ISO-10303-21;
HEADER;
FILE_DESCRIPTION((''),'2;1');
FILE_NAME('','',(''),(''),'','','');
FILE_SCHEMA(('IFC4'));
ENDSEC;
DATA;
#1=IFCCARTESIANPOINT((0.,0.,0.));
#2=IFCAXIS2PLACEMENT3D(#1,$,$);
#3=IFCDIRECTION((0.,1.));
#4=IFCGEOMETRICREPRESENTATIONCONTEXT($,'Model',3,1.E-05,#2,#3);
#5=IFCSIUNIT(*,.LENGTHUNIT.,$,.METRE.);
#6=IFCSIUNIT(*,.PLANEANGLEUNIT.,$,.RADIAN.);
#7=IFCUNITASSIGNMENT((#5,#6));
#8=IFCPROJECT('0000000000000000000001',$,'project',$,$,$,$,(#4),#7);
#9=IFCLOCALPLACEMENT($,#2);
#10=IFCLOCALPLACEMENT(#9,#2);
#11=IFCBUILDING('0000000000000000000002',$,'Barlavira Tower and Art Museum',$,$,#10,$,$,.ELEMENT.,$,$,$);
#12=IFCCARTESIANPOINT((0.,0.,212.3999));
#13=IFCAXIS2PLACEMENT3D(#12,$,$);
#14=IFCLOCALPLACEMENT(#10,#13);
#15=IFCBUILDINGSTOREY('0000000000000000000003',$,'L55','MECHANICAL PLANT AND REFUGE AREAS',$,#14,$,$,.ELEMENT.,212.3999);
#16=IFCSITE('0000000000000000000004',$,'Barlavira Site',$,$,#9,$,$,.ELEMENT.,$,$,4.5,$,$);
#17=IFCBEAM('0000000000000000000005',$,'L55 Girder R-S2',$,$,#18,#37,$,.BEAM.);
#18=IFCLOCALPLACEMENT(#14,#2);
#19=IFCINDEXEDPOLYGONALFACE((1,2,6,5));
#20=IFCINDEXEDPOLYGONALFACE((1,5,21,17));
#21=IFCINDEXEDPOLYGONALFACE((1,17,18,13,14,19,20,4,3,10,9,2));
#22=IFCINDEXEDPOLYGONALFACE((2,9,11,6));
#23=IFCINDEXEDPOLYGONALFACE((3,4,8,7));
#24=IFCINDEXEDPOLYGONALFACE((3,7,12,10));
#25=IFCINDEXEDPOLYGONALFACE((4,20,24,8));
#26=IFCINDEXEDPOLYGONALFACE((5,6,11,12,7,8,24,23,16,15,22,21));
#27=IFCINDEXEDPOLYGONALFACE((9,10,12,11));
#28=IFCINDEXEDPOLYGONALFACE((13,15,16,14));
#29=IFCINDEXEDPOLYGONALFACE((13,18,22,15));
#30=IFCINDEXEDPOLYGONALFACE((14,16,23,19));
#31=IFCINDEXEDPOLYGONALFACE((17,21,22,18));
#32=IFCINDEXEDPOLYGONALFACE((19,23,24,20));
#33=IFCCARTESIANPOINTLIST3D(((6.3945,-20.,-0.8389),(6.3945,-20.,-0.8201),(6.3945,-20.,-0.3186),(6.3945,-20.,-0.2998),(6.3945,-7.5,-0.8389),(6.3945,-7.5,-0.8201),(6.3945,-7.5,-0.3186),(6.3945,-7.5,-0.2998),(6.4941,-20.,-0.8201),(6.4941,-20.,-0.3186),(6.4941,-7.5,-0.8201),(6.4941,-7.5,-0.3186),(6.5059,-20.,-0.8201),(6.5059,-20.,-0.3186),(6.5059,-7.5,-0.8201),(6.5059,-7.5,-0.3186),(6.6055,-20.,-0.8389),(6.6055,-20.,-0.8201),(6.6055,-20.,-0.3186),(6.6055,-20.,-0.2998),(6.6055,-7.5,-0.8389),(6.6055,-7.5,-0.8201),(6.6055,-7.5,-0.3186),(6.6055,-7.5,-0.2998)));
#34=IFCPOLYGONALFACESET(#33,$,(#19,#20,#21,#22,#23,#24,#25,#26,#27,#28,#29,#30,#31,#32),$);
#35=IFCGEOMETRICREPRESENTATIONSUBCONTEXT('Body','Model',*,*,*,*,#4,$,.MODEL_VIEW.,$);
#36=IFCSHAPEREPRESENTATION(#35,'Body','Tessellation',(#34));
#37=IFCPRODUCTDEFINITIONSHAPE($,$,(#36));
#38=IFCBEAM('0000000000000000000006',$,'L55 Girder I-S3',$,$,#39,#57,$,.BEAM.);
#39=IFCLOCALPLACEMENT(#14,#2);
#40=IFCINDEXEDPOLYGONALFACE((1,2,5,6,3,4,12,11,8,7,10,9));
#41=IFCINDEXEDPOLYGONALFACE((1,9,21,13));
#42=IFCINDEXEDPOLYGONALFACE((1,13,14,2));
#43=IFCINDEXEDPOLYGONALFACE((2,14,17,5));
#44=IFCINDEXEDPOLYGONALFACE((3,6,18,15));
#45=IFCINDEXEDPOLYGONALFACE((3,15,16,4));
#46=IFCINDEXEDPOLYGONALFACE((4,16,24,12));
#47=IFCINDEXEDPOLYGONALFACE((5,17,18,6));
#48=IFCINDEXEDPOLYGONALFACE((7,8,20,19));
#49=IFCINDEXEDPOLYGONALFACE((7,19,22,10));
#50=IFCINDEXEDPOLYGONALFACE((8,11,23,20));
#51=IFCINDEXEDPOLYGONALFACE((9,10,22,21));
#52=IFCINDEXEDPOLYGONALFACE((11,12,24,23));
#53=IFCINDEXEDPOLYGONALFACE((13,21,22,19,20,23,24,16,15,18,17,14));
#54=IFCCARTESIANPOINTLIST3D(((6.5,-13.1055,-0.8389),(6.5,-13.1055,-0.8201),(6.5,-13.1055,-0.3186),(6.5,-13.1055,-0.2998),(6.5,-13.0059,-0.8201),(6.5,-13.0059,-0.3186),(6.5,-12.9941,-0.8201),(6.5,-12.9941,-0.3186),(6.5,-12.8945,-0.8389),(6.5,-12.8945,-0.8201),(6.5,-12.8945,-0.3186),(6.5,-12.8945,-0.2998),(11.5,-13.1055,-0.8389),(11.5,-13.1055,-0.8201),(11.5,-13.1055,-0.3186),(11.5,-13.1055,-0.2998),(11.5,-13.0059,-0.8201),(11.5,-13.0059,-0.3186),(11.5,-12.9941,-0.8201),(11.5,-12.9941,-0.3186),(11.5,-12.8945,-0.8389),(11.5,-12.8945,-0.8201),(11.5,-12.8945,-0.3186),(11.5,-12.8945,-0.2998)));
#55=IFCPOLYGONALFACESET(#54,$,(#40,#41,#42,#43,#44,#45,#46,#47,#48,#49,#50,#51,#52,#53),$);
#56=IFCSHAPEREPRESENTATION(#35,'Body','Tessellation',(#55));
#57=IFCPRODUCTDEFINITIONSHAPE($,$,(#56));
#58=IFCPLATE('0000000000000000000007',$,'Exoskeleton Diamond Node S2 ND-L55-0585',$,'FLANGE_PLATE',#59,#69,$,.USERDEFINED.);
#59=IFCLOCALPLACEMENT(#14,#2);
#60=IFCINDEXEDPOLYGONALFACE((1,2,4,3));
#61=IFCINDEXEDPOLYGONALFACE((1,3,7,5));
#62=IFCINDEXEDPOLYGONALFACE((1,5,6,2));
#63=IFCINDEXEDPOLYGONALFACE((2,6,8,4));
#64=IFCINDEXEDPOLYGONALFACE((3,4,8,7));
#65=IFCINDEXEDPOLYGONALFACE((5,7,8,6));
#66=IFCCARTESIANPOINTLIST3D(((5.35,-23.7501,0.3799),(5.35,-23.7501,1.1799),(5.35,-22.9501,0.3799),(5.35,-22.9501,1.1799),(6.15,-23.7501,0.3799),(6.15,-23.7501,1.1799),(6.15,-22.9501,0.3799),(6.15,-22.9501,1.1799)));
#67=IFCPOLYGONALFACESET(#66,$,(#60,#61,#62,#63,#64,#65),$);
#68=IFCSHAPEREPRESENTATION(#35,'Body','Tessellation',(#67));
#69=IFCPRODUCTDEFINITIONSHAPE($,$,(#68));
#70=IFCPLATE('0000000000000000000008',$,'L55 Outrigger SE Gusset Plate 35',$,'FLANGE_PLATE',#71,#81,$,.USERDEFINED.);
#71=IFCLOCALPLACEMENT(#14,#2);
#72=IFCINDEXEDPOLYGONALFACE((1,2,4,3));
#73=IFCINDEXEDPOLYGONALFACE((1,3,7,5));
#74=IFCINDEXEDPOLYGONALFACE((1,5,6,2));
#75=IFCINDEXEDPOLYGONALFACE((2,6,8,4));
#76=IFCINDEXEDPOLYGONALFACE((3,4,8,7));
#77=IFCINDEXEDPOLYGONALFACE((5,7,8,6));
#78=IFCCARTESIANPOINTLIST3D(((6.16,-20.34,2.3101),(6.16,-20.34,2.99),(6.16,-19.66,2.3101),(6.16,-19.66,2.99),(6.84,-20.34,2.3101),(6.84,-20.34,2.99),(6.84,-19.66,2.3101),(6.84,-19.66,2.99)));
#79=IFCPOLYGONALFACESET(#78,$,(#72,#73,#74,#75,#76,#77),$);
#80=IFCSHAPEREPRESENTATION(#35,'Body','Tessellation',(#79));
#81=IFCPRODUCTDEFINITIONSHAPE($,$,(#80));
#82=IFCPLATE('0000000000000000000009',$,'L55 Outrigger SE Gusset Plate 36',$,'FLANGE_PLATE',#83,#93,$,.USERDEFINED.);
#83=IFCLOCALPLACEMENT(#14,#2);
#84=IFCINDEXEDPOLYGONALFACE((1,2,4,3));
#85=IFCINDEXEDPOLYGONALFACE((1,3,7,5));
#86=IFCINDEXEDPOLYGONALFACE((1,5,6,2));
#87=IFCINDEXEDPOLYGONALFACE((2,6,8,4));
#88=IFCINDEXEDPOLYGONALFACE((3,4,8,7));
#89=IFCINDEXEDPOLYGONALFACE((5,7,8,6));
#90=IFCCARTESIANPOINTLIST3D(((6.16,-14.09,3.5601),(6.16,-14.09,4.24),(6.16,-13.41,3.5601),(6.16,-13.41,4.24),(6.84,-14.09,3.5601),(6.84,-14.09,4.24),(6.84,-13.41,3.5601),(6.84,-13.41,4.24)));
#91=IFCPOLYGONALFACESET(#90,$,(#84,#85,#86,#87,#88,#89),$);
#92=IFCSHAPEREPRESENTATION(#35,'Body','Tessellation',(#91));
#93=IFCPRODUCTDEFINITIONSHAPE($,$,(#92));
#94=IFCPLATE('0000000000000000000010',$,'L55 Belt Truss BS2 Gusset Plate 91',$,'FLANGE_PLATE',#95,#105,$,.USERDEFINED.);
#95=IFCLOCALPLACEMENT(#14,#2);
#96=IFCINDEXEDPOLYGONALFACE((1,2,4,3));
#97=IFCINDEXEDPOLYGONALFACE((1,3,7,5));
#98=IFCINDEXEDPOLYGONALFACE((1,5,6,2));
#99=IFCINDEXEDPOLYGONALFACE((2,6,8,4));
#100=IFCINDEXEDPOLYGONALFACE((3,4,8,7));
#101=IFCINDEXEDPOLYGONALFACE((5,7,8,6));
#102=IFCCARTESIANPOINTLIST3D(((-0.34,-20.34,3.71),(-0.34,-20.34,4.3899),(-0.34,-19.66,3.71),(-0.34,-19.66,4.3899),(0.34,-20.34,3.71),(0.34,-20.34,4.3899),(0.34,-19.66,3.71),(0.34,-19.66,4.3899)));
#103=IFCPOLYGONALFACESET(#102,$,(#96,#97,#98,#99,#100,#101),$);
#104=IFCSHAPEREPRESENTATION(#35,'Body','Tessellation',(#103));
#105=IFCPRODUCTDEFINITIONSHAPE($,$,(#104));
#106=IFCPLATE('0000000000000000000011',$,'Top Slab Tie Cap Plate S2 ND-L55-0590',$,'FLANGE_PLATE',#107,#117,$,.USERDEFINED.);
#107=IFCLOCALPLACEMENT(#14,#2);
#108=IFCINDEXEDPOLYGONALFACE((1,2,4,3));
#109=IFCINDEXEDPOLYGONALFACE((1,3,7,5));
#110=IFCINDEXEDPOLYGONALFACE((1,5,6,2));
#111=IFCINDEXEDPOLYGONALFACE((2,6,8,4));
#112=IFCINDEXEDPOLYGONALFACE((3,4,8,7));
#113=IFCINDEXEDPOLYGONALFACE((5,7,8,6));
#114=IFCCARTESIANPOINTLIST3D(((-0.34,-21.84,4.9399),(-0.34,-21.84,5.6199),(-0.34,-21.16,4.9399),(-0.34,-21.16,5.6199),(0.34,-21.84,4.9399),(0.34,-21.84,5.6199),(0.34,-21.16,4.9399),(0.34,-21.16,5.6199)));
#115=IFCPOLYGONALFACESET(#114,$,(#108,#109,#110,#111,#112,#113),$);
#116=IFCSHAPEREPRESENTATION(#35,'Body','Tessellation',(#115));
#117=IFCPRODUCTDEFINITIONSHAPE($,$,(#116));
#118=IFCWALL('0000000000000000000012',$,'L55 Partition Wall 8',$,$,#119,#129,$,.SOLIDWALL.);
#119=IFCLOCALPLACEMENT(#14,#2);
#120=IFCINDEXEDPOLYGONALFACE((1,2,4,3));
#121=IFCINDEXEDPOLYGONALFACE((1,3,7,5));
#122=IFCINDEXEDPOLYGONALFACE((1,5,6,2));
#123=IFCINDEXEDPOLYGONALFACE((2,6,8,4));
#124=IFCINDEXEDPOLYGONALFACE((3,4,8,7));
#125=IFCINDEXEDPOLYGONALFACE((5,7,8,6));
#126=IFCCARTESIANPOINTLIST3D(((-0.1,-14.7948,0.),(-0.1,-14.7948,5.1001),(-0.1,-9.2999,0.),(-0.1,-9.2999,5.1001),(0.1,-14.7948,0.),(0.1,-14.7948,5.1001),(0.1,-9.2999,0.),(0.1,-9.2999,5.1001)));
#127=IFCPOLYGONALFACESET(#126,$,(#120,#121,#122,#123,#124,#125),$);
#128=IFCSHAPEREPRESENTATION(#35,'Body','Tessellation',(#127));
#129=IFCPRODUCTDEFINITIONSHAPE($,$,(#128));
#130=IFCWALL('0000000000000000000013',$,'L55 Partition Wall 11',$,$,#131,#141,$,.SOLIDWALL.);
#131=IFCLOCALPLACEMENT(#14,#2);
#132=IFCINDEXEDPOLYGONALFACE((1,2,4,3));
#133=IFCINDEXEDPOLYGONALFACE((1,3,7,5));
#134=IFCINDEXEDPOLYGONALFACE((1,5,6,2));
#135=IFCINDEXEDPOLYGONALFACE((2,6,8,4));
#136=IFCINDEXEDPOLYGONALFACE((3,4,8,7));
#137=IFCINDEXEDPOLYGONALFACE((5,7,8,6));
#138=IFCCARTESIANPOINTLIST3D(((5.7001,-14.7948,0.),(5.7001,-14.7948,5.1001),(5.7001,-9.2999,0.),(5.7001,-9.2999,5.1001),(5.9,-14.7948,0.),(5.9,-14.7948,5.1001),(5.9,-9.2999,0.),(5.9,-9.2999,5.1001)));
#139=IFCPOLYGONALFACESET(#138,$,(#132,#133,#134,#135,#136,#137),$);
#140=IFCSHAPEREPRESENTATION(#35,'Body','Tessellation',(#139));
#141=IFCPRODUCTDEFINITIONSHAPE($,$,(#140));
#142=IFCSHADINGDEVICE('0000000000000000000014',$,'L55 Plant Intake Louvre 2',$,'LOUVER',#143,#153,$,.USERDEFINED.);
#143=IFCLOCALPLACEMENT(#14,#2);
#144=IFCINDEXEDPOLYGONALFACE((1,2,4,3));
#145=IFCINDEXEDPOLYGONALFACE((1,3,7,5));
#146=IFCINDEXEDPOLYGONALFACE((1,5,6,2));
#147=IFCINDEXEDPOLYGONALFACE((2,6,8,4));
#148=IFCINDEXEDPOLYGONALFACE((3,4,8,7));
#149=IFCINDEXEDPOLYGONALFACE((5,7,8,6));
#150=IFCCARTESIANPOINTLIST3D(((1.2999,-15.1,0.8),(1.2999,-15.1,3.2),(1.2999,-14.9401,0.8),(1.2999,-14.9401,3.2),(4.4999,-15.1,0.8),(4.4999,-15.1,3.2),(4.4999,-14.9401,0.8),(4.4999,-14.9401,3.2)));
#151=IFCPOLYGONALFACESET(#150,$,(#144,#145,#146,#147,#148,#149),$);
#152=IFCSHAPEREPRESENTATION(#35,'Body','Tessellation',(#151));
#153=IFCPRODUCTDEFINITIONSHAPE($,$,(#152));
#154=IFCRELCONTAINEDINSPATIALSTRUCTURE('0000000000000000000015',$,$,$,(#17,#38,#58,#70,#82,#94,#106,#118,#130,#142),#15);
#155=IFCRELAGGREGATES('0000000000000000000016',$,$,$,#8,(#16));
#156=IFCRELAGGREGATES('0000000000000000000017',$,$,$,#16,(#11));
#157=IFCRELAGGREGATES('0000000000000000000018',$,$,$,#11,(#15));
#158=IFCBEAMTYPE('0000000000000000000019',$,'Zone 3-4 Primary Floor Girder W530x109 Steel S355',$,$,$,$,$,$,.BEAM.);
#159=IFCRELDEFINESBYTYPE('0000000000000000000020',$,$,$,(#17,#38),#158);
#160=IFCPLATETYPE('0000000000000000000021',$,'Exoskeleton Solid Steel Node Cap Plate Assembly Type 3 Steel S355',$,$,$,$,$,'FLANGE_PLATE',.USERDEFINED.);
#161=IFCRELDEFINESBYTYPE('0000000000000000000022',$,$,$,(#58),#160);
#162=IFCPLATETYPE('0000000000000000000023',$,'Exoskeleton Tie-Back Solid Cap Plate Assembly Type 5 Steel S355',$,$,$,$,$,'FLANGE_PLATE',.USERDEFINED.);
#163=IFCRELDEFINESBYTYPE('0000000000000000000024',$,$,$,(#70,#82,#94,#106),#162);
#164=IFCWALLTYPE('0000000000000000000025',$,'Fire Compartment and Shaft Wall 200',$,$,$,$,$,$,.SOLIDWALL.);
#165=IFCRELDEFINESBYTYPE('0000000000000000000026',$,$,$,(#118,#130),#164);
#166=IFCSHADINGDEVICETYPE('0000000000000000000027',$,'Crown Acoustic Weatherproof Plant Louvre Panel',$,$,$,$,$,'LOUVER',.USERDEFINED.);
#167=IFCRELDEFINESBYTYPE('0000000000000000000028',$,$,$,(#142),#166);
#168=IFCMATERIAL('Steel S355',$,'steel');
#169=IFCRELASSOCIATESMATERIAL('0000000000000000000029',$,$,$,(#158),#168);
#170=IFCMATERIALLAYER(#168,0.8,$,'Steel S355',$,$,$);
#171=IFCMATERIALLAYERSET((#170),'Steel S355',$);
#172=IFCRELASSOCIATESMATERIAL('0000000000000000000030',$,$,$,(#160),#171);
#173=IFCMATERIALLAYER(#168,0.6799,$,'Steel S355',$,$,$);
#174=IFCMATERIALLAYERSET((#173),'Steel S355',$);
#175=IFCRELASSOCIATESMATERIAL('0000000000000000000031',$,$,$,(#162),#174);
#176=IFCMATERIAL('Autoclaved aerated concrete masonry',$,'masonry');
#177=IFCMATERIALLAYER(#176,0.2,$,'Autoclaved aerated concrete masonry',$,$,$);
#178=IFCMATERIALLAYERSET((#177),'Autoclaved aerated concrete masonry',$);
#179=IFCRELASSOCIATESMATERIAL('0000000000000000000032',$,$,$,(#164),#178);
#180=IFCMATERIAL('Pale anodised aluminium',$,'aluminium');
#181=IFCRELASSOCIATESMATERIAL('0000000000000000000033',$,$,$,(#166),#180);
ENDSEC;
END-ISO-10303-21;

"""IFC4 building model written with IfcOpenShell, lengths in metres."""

from ifc_helpers import new_model, si_unit, direction, frame, frame_2d, origin, origin_2d, place, context, subcontext, project, spatial, rectangle, i_section, extrude, material, layer, layer_set, material_profile, profile_set, type_object, element, save


model = new_model("IFC4")

# Units and contexts
model_context = context("Model", 3, precision=1e-05, world=origin(), true_north=direction((0.0, 1.0)))
body_context = subcontext(model_context, "Body", "Model", "MODEL_VIEW")
ifc_project = project(units=[si_unit("LENGTHUNIT", "METRE"), si_unit("PLANEANGLEUNIT", "RADIAN")], contexts=[model_context])

# Site, building, storey
site_placement = place(None, origin())
site = spatial("IfcSite", under=ifc_project, at=site_placement, Name="Barlavira Site", CompositionType="ELEMENT", RefElevation=4.5)
building_placement = place(site_placement, origin())
building = spatial("IfcBuilding", under=site, at=building_placement, Name="Barlavira Tower and Art Museum", CompositionType="ELEMENT")
storey_placement = place(building_placement, frame((0.0, 0.0, 212.3999)))
storey = spatial("IfcBuildingStorey", under=building, at=storey_placement, Name="L55", Description="MECHANICAL PLANT AND REFUGE AREAS", CompositionType="ELEMENT", Elevation=212.3999)

# Shared definitions
ifc_material_1 = material(Name="Steel S355", Category="steel")

# Beams
ifc_material_profile_1 = material_profile(ifc_material_1, i_section(OverallWidth=0.2109, OverallDepth=0.5391, WebThickness=0.0117, FlangeThickness=0.0188, at=origin_2d()), Name="W530x109.0")
ifc_profile_set_1 = profile_set([ifc_material_profile_1], Name="Steel S355")
beam_type_1 = type_object("IfcBeamType", Name="Zone 3-4 Primary Floor Girder W530x109 Steel S355", PredefinedType="BEAM", material=ifc_profile_set_1)
beam_1_placement = place(storey_placement, frame((6.5, -20.0, -0.5693), z_axis=(0.0, 1.0, 0.0), x_axis=(-1.0, 0.0, 0.0)))
element("IfcBeam", 1, at=beam_1_placement, inside=storey, type_object=beam_type_1, Name="L55 Girder R-S2", PredefinedType="BEAM", context=body_context, shape_type="SweptSolid", body=[
    extrude(i_section(OverallWidth=0.2109, OverallDepth=0.5391, WebThickness=0.0117, FlangeThickness=0.0188, at=origin_2d()), origin(), (0.0, 0.0, 1.0), 12.5),
])
beam_2_placement = place(storey_placement, frame((6.5, -13.0, -0.5693), z_axis=(1.0, 0.0, 0.0), x_axis=(0.0, 1.0, 0.0)))
element("IfcBeam", 2, at=beam_2_placement, inside=storey, type_object=beam_type_1, Name="L55 Girder I-S3", PredefinedType="BEAM", context=body_context, shape_type="SweptSolid", body=[
    extrude(i_section(OverallWidth=0.2109, OverallDepth=0.5391, WebThickness=0.0117, FlangeThickness=0.0188, at=origin_2d()), origin(), (0.0, 0.0, 1.0), 5.0),
])

# Plates
ifc_layer_1 = layer(ifc_material_1, 0.8, Name="Steel S355")
ifc_layer_set_1 = layer_set([ifc_layer_1], Name="Steel S355")
plate_type_1 = type_object("IfcPlateType", Name="Exoskeleton Solid Steel Node Cap Plate Assembly Type 3 Steel S355", ElementType="FLANGE_PLATE", PredefinedType="USERDEFINED", material=ifc_layer_set_1)
plate_placement = place(storey_placement, frame((5.75, -23.3501, 0.3799), z_axis=(0.0, 0.0, 1.0), x_axis=(1.0, 0.0, 0.0)))
element("IfcPlate", 3, at=plate_placement, inside=storey, type_object=plate_type_1, Name="Exoskeleton Diamond Node S2 ND-L55-0585", ObjectType="FLANGE_PLATE", PredefinedType="USERDEFINED", context=body_context, shape_type="SweptSolid", body=[
    extrude(rectangle(XDim=0.8, YDim=0.8, at=origin_2d()), origin(), (0.0, 0.0, 1.0), 0.8),
])
ifc_layer_2 = layer(ifc_material_1, 0.6799, Name="Steel S355")
ifc_layer_set_2 = layer_set([ifc_layer_2], Name="Steel S355")
plate_type_2 = type_object("IfcPlateType", Name="Exoskeleton Tie-Back Solid Cap Plate Assembly Type 5 Steel S355", ElementType="FLANGE_PLATE", PredefinedType="USERDEFINED", material=ifc_layer_set_2)
for number, where, z_axis, x_axis, name in (
    (4, (6.5, -20.0, 2.3101), (0.0, 0.0, 1.0), (1.0, 0.0, 0.0), "L55 Outrigger SE Gusset Plate 35"),
    (5, (6.5, -13.75, 3.5601), (0.0, 0.0, 1.0), (1.0, 0.0, 0.0), "L55 Outrigger SE Gusset Plate 36"),
    (6, (0.0, -20.0, 3.71), (0.0, 0.0, 1.0), (1.0, 0.0, 0.0), "L55 Belt Truss BS2 Gusset Plate 91"),
    (7, (0.0, -21.5, 4.9399), (0.0, 0.0, 1.0), (1.0, 0.0, 0.0), "Top Slab Tie Cap Plate S2 ND-L55-0590"),
):
    element("IfcPlate", number, at=place(storey_placement, frame(where, z_axis=z_axis, x_axis=x_axis)), inside=storey, type_object=plate_type_2, Name=name, ObjectType="FLANGE_PLATE", PredefinedType="USERDEFINED", context=body_context, shape_type="SweptSolid", body=[
        extrude(rectangle(XDim=0.6799, YDim=0.6799, at=origin_2d()), origin(), (0.0, 0.0, 1.0), 0.6799),
    ])

# Walls
ifc_material_2 = material(Name="Autoclaved aerated concrete masonry", Category="masonry")
ifc_layer_3 = layer(ifc_material_2, 0.2, Name="Autoclaved aerated concrete masonry")
ifc_layer_set_3 = layer_set([ifc_layer_3], Name="Autoclaved aerated concrete masonry")
wall_type = type_object("IfcWallType", Name="Fire Compartment and Shaft Wall 200", PredefinedType="SOLIDWALL", material=ifc_layer_set_3)
for number, where, z_axis, x_axis, name in (
    (8, (0.0, -14.7949, 0.0), (0.0, 0.0, 1.0), (0.0, 1.0, 0.0), "L55 Partition Wall 8"),
    (9, (5.8, -14.7949, 0.0), (0.0, 0.0, 1.0), (0.0, 1.0, 0.0), "L55 Partition Wall 11"),
):
    element("IfcWall", number, at=place(storey_placement, frame(where, z_axis=z_axis, x_axis=x_axis)), inside=storey, type_object=wall_type, Name=name, PredefinedType="SOLIDWALL", context=body_context, shape_type="SweptSolid", body=[
        extrude(rectangle(XDim=5.4949, YDim=0.2, at=frame_2d((2.7476, 0.0))), origin(), (0.0, 0.0, 1.0), 5.1001),
    ])

# Shading device
ifc_material_3 = material(Name="Pale anodised aluminium", Category="aluminium")
shading_device_type = type_object("IfcShadingDeviceType", Name="Crown Acoustic Weatherproof Plant Louvre Panel", ElementType="LOUVER", PredefinedType="USERDEFINED", material=ifc_material_3)
shading_device_placement = place(storey_placement, frame((2.8999, -15.02, 0.8), z_axis=(0.0, 0.0, 1.0), x_axis=(1.0, 0.0, 0.0)))
element("IfcShadingDevice", 10, at=shading_device_placement, inside=storey, type_object=shading_device_type, Name="L55 Plant Intake Louvre 2", ObjectType="LOUVER", PredefinedType="USERDEFINED", context=body_context, shape_type="SweptSolid", body=[
    extrude(rectangle(XDim=3.2, YDim=0.1599, at=origin_2d()), origin(), (0.0, 0.0, 1.0), 2.3999),
])

save(model, "model.ifc")
